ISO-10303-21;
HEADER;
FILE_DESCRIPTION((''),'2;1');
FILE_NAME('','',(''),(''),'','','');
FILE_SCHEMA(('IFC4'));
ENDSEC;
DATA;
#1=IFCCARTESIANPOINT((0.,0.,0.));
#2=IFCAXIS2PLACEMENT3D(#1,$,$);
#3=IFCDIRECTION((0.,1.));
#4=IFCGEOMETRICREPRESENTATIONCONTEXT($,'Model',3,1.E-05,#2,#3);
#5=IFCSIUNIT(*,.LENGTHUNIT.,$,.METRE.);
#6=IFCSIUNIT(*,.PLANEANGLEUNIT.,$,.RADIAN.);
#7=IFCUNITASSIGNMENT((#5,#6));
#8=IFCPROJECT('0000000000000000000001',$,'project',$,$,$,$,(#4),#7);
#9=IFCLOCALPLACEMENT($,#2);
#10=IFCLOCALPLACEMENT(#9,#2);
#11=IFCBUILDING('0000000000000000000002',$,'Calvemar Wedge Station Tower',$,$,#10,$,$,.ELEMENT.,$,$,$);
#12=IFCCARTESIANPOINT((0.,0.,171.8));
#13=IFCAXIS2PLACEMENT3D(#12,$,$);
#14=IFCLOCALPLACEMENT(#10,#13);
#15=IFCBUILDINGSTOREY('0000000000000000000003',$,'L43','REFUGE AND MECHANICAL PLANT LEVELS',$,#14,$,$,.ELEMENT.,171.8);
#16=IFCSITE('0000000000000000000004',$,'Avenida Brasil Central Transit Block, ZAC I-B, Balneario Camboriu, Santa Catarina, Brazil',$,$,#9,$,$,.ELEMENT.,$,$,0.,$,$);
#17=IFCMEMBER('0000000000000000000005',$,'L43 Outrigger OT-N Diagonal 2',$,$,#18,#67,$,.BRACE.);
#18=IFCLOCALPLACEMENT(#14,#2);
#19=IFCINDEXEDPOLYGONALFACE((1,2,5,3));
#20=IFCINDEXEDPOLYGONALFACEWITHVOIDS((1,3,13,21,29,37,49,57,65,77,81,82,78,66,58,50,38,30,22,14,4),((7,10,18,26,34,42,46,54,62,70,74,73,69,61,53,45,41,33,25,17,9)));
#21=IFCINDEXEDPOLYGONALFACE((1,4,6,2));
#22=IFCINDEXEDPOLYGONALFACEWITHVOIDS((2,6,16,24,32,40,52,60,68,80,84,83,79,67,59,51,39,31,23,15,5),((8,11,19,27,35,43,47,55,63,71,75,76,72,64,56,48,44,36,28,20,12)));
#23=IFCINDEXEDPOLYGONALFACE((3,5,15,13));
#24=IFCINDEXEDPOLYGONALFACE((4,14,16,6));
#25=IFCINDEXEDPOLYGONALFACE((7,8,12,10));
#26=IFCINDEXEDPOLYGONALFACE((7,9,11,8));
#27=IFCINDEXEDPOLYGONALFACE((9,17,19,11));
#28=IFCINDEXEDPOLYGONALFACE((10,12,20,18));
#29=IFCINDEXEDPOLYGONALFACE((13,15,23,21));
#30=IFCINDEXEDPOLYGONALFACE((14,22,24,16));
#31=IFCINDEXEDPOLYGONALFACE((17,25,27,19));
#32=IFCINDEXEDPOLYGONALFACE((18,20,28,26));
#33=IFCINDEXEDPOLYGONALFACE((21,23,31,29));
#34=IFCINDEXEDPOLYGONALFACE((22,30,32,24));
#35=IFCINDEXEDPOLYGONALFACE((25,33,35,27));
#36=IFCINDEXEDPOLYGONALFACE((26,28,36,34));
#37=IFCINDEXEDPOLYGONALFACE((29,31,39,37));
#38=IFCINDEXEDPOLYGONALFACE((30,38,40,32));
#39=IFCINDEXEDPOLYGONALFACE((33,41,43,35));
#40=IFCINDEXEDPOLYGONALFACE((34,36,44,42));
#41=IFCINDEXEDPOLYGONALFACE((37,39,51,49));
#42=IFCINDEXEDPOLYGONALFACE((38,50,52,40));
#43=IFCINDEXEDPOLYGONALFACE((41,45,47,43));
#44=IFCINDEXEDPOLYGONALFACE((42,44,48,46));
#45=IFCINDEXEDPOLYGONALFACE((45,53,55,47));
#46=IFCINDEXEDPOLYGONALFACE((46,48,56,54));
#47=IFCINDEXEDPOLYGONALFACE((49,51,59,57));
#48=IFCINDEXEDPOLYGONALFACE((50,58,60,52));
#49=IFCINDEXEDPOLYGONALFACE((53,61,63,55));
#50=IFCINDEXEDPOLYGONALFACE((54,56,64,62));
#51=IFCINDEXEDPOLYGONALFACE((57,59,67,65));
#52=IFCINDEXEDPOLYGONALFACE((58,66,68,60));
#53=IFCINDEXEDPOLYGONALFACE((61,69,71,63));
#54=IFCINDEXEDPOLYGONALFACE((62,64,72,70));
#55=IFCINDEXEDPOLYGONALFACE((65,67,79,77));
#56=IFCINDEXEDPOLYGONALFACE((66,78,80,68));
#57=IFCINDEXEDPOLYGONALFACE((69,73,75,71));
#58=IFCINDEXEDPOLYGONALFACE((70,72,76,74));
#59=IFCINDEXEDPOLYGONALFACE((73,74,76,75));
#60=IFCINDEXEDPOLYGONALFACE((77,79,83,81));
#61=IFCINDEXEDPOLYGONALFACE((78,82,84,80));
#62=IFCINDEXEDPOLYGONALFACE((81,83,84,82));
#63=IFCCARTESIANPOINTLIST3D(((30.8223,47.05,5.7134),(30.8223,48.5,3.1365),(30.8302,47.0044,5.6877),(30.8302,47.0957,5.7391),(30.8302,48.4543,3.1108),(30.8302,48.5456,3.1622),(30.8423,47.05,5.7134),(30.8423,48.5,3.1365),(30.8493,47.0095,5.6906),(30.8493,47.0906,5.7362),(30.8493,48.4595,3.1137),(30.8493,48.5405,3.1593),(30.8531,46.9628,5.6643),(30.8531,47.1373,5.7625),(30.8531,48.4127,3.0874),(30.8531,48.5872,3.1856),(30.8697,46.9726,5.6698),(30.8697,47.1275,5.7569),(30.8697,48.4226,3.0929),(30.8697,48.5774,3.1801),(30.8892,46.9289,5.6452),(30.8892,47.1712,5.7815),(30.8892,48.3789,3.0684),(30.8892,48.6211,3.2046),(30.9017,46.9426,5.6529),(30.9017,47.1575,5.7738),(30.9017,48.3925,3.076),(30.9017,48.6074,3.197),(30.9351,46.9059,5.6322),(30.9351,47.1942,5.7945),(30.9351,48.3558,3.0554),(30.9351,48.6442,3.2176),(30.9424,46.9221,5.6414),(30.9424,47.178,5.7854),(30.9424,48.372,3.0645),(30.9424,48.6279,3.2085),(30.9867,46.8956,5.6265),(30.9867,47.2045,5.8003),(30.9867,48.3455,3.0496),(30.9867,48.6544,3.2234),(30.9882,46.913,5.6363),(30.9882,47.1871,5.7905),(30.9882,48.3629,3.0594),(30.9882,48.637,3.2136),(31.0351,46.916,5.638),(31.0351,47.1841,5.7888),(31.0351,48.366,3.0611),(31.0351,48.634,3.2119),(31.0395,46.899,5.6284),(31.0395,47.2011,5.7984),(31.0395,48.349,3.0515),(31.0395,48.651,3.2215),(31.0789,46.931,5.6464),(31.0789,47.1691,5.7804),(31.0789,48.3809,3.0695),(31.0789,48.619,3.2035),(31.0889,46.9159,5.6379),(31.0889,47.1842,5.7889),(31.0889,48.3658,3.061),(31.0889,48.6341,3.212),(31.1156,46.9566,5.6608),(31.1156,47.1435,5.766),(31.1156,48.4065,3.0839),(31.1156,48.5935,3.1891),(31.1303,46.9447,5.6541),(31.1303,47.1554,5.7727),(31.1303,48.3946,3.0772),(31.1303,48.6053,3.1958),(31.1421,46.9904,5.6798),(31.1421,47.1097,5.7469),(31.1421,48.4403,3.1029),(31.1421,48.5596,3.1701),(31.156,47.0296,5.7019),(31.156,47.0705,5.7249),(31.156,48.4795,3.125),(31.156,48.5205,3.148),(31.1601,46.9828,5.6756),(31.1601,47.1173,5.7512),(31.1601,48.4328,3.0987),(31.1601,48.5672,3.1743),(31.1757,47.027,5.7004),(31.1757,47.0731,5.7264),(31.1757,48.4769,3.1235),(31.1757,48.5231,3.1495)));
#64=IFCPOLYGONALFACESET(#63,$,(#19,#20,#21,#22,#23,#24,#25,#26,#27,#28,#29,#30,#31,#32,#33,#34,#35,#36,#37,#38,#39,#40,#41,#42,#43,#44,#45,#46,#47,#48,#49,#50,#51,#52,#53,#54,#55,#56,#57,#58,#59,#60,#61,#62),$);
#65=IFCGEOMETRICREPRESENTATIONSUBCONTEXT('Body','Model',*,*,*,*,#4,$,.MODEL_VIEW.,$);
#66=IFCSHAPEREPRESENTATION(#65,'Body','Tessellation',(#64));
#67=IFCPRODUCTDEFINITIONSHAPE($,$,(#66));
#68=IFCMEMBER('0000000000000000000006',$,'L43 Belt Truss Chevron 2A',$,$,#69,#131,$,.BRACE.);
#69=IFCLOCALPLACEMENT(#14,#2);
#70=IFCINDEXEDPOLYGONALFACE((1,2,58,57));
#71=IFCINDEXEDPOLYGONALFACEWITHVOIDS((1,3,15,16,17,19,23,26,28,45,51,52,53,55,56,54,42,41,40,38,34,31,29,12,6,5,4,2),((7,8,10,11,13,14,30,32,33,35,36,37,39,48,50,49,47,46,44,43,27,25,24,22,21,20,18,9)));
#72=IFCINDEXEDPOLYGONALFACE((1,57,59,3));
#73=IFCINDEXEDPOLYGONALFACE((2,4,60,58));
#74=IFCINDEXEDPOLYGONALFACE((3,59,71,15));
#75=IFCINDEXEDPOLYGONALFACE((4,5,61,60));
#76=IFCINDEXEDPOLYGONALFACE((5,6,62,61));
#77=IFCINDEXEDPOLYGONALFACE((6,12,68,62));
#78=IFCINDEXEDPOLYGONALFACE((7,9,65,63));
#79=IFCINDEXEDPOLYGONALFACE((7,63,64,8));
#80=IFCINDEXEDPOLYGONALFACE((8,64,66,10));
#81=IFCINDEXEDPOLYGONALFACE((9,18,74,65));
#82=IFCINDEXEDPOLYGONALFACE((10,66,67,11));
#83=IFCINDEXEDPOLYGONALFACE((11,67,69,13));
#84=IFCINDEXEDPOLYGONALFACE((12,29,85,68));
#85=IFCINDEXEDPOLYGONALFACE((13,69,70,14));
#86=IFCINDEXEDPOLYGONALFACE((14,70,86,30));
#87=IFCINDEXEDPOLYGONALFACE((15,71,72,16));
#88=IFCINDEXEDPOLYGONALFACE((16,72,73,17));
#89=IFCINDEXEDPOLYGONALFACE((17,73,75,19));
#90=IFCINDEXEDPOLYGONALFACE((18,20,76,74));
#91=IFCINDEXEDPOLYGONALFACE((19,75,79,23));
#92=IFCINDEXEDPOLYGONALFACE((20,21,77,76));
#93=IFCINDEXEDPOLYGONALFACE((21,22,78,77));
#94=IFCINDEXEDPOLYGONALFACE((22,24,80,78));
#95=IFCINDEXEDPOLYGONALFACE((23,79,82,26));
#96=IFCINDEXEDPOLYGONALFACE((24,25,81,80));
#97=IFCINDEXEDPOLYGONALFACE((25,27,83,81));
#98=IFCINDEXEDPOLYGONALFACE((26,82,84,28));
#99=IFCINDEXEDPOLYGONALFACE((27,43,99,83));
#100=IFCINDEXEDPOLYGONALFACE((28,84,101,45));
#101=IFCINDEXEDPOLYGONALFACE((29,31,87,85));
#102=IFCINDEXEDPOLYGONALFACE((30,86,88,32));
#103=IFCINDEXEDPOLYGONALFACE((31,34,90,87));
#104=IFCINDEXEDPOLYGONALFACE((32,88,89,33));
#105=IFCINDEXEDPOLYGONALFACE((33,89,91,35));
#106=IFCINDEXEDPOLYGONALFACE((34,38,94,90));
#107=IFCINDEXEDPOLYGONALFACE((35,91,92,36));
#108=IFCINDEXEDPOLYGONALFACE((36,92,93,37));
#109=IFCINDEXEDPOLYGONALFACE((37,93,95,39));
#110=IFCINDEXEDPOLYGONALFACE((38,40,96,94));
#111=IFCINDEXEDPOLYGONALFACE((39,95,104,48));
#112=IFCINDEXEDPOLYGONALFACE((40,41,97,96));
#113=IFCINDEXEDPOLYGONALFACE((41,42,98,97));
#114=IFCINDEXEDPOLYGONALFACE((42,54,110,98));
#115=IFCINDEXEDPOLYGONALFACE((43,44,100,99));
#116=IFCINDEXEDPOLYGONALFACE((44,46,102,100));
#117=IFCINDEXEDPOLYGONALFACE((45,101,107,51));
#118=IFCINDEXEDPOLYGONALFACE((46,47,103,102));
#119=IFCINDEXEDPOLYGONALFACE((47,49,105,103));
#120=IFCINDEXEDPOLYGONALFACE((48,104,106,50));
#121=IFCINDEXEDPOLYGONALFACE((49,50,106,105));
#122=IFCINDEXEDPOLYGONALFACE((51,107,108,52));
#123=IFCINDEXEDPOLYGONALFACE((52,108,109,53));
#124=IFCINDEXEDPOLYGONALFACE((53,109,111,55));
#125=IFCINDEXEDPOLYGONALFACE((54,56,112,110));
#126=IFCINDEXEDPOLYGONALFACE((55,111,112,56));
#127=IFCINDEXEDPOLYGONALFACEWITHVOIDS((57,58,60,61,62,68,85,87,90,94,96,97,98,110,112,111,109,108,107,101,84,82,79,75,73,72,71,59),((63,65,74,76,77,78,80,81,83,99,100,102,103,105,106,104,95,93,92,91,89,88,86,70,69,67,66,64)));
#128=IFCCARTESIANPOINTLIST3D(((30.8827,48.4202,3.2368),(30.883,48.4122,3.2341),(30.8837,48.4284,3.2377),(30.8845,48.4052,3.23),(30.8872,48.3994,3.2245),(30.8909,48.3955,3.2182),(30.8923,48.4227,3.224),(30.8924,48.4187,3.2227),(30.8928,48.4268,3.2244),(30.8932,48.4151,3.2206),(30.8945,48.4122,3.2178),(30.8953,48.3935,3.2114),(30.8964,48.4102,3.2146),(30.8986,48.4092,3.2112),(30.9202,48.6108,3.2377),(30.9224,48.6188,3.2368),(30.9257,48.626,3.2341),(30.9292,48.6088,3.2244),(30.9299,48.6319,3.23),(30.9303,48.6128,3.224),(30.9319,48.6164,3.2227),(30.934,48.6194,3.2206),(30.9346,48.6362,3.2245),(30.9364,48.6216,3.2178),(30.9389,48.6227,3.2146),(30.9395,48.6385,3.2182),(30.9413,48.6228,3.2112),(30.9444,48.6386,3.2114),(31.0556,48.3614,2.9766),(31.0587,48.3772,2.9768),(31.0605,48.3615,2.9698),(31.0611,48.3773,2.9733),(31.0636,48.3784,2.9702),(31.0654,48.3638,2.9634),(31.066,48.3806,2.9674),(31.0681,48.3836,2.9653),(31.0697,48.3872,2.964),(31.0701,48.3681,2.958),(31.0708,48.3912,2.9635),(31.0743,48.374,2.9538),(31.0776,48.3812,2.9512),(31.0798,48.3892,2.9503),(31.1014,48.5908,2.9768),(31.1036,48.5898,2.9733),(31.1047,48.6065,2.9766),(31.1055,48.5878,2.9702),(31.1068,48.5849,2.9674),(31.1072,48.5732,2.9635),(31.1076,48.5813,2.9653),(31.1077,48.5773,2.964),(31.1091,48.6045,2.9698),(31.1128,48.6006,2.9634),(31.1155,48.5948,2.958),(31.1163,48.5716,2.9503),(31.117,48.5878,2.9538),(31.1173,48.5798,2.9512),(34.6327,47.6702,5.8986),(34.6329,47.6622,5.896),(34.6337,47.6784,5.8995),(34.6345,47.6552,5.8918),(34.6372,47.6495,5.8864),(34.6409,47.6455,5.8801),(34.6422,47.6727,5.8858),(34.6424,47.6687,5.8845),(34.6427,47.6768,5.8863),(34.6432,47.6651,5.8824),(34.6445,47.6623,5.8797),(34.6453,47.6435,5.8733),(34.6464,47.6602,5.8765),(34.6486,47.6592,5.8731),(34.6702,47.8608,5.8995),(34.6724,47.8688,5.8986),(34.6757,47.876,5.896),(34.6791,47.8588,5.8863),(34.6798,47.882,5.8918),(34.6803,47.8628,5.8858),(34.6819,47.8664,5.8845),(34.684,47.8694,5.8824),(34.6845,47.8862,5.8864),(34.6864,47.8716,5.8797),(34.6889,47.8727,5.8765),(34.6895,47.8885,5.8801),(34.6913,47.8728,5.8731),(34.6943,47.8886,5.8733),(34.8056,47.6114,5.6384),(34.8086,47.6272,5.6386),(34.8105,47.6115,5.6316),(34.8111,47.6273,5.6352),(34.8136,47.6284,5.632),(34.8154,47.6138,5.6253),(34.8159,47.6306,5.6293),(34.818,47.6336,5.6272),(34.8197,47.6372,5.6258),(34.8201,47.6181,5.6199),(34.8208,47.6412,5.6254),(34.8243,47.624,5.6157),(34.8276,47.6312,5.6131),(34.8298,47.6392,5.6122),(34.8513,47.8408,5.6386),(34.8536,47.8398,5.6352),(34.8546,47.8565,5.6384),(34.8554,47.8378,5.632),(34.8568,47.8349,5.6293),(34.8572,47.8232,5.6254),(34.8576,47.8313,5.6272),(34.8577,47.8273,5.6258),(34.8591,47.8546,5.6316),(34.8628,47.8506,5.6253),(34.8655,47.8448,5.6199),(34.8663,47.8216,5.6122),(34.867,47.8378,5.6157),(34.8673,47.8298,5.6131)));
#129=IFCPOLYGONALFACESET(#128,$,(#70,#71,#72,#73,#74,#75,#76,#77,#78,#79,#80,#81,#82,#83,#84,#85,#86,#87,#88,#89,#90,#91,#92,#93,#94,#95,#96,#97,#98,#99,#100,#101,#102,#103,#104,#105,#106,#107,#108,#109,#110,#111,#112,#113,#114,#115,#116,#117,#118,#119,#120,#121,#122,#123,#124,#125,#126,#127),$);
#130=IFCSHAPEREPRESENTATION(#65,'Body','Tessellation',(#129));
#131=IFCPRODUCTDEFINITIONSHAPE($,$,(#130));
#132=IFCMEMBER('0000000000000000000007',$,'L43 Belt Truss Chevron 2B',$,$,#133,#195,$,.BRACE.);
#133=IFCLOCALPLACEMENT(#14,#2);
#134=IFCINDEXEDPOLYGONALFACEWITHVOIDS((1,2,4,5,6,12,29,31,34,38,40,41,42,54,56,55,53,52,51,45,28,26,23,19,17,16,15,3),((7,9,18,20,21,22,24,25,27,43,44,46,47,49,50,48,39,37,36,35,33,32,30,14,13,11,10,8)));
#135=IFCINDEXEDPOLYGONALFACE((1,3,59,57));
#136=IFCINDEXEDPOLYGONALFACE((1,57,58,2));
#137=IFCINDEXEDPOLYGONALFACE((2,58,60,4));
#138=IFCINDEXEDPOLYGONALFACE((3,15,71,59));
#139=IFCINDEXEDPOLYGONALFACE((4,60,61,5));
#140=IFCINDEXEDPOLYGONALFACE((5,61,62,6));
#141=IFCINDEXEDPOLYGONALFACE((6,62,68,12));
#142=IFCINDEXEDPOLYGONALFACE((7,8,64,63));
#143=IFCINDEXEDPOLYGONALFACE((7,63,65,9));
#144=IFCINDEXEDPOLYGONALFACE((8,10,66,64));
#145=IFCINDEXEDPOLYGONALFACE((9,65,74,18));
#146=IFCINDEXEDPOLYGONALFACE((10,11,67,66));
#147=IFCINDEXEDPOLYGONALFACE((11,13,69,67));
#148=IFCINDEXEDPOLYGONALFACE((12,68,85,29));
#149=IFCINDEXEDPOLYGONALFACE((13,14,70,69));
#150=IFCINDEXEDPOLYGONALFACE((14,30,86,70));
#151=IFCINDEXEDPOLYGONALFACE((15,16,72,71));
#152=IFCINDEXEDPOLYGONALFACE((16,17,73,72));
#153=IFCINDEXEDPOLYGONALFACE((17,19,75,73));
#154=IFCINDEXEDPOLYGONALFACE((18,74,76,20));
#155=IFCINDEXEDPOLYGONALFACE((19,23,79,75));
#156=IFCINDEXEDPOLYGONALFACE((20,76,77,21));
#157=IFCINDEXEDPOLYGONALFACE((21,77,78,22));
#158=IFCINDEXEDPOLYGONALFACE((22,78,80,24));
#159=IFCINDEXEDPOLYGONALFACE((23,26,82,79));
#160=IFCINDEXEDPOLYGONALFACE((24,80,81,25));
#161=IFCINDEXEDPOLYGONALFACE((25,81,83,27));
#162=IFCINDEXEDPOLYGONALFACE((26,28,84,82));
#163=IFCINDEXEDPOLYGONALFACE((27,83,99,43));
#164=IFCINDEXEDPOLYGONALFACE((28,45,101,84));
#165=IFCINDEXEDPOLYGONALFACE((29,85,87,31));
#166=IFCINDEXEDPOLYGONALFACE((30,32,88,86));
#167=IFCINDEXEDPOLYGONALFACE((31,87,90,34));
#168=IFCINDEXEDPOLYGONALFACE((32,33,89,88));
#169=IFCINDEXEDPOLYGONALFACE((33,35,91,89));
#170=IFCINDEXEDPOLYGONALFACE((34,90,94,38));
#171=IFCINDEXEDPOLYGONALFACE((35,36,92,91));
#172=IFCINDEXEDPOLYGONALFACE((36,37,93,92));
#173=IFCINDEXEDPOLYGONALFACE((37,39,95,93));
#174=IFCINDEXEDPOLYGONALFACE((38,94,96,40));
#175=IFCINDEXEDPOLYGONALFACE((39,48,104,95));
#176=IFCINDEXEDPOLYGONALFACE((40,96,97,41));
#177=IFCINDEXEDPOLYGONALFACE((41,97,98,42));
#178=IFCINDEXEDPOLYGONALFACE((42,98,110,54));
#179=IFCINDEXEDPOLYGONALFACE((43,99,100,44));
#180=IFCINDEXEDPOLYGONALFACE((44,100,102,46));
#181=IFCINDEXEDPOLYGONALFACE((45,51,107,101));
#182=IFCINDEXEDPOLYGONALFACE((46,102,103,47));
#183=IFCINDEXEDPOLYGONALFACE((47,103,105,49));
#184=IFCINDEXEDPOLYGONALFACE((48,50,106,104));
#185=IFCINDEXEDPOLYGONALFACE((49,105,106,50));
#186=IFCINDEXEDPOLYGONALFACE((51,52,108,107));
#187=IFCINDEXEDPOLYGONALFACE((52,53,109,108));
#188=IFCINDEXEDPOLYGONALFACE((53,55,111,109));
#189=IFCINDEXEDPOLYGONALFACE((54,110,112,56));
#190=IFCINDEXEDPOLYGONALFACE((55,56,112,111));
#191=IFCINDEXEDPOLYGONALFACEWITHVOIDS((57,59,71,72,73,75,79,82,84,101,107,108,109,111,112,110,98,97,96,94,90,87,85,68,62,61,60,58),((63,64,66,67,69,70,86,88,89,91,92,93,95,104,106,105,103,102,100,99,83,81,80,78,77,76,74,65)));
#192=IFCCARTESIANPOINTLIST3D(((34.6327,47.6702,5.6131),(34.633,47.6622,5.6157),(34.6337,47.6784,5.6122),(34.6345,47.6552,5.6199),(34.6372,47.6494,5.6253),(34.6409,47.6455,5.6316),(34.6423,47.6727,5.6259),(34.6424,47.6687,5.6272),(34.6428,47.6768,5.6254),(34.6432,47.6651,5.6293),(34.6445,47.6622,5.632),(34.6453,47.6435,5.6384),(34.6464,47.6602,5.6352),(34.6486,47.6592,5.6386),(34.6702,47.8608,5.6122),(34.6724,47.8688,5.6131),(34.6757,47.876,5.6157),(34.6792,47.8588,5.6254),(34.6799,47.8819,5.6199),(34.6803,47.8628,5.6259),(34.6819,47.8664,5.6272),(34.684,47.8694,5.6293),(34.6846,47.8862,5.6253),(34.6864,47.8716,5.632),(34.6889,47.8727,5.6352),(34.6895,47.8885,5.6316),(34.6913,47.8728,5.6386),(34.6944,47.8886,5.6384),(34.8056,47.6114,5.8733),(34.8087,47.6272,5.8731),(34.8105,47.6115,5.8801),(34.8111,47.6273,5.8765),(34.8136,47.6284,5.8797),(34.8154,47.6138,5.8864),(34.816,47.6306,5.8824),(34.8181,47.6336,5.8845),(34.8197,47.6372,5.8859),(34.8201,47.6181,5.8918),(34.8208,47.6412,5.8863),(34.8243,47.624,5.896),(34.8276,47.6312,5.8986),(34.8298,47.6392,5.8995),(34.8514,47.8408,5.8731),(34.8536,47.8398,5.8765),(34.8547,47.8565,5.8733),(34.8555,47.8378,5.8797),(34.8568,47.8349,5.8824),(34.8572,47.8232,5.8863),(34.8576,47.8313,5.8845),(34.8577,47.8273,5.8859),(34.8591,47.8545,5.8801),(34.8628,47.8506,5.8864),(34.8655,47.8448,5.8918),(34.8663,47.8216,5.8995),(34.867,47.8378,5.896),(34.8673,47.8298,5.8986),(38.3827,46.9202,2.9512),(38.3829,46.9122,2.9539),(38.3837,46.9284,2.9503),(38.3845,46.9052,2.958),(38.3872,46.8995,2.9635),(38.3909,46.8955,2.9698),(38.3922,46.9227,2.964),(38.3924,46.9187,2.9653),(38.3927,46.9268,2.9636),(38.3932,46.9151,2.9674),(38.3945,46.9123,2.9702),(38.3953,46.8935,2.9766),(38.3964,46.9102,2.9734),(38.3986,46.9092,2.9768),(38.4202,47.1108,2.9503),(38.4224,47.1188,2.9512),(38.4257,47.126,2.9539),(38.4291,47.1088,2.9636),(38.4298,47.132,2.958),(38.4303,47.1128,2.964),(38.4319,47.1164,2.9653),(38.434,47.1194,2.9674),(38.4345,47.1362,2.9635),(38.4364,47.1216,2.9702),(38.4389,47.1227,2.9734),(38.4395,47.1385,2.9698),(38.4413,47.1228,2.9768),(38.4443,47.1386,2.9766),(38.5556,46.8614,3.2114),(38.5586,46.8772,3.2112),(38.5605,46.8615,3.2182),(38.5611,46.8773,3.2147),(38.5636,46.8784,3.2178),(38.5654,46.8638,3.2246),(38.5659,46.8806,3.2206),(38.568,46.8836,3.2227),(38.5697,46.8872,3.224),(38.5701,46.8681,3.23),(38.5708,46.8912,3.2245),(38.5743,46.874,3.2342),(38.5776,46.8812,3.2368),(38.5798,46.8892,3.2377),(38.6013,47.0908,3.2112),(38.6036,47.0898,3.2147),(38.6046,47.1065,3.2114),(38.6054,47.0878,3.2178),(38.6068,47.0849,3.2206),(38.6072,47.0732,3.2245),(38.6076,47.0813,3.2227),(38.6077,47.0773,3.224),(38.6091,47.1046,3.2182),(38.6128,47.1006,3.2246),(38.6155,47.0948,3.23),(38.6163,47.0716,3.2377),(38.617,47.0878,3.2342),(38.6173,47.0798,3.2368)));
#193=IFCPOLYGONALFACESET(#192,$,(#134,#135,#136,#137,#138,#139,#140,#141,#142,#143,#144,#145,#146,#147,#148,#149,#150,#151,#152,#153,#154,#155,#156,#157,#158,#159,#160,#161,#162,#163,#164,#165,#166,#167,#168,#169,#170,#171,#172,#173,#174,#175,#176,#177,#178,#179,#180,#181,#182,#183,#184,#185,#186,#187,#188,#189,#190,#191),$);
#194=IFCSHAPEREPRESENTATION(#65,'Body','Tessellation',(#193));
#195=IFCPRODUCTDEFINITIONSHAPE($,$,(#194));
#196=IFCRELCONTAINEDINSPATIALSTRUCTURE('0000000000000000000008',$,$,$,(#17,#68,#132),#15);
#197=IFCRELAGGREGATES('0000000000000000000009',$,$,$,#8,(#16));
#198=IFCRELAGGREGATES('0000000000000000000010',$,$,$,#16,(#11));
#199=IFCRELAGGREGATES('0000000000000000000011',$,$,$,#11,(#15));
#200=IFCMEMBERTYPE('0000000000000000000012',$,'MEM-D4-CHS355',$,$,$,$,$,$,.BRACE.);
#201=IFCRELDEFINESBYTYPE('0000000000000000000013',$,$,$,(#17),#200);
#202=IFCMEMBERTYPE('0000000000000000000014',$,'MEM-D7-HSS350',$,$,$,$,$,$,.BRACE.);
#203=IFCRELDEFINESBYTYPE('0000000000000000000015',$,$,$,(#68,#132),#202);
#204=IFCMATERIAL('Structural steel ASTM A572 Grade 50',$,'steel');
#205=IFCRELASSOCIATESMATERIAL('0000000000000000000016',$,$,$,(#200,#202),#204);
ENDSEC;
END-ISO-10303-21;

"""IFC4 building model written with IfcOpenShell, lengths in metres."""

from ifc_helpers import new_model, si_unit, direction, frame, origin, origin_2d, place, context, subcontext, project, spatial, hollow_rectangle, hollow_circle, extrude, source, transform, mapped, material, material_profile, profile_set, type_object, element, save


model = new_model("IFC4")

# Units and contexts
model_context = context("Model", 3, precision=1e-05, world=origin(), true_north=direction((0.0, 1.0)))
body_context = subcontext(model_context, "Body", "Model", "MODEL_VIEW")
ifc_project = project(units=[si_unit("LENGTHUNIT", "METRE"), si_unit("PLANEANGLEUNIT", "RADIAN")], contexts=[model_context])

# Site, building, storey
site_placement = place(None, origin())
site = spatial("IfcSite", under=ifc_project, at=site_placement, Name="Avenida Brasil Central Transit Block, ZAC I-B, Balneario Camboriu, Santa Catarina, Brazil", CompositionType="ELEMENT", RefElevation=0.0)
building_placement = place(site_placement, origin())
building = spatial("IfcBuilding", under=site, at=building_placement, Name="Calvemar Wedge Station Tower", CompositionType="ELEMENT")
storey_placement = place(building_placement, frame((0.0, 0.0, 171.8)))
storey = spatial("IfcBuildingStorey", under=building, at=storey_placement, Name="L43", Description="REFUGE AND MECHANICAL PLANT LEVELS", CompositionType="ELEMENT", Elevation=171.8)

# Shared definitions
ifc_material_1 = material(Name="Structural steel ASTM A572 Grade 50", Category="steel")

# Members
ifc_material_profile_1 = material_profile(ifc_material_1, hollow_circle(Radius=0.1777, WallThickness=0.02, at=origin_2d()), Name="CHS355.6x20")
ifc_profile_set_1 = profile_set([ifc_material_profile_1], Name="Structural steel ASTM A572 Grade 50")
member_type_1 = type_object("IfcMemberType", Name="MEM-D4-CHS355", PredefinedType="BRACE", material=ifc_profile_set_1)
shared_shape_1 = source(origin(), body_context, "Body", "SweptSolid", [
    extrude(hollow_circle(Radius=0.1777, WallThickness=0.02, at=origin_2d()), origin(), (0.0, 0.0, 1.0), 2.9568),
])
for number, where, z_axis, x_axis, name in (
    (1, (31.0, 47.05, 5.7134), (0.0, 0.490375, -0.871512), (-1.0, 0.0, 0.0), "L43 Outrigger OT-N Diagonal 2"),
):
    element("IfcMember", number, at=place(storey_placement, frame(where, z_axis=z_axis, x_axis=x_axis)), inside=storey, type_object=member_type_1, Name=name, PredefinedType="BRACE", context=body_context, shape_type="MappedRepresentation", body=[
        mapped(shared_shape_1, transform((0.0, 0.0, 0.0), scale=1.0)),
    ])
ifc_material_profile_2 = material_profile(ifc_material_1, hollow_rectangle(XDim=0.25, YDim=0.3501, WallThickness=0.0161, InnerFilletRadius=0.0161, OuterFilletRadius=0.032, at=origin_2d()), Name="HSS350x250x16")
ifc_profile_set_2 = profile_set([ifc_material_profile_2], Name="Structural steel ASTM A572 Grade 50")
member_type_2 = type_object("IfcMemberType", Name="MEM-D7-HSS350", PredefinedType="BRACE", material=ifc_profile_set_2)
shared_shape_2 = source(origin(), body_context, "Body", "SweptSolid", [
    extrude(hollow_rectangle(XDim=0.25, YDim=0.3501, WallThickness=0.0161, InnerFilletRadius=0.0161, OuterFilletRadius=0.032, at=origin_2d()), origin(), (0.0, 0.0, 1.0), 4.6594),
])
for number, where, z_axis, x_axis, name in (
    (2, (31.0, 48.5, 3.094), (0.804815, -0.160963, 0.571282), (0.196116, 0.980581, 0.0), "L43 Belt Truss Chevron 2A"),
    (3, (34.75, 47.75, 5.7559), (0.804815, -0.160963, -0.571282), (0.196116, 0.980581, 0.0), "L43 Belt Truss Chevron 2B"),
):
    element("IfcMember", number, at=place(storey_placement, frame(where, z_axis=z_axis, x_axis=x_axis)), inside=storey, type_object=member_type_2, Name=name, PredefinedType="BRACE", context=body_context, shape_type="MappedRepresentation", body=[
        mapped(shared_shape_2, transform((0.0, 0.0, 0.0), scale=1.0)),
    ])

save(model, "model.ifc")
